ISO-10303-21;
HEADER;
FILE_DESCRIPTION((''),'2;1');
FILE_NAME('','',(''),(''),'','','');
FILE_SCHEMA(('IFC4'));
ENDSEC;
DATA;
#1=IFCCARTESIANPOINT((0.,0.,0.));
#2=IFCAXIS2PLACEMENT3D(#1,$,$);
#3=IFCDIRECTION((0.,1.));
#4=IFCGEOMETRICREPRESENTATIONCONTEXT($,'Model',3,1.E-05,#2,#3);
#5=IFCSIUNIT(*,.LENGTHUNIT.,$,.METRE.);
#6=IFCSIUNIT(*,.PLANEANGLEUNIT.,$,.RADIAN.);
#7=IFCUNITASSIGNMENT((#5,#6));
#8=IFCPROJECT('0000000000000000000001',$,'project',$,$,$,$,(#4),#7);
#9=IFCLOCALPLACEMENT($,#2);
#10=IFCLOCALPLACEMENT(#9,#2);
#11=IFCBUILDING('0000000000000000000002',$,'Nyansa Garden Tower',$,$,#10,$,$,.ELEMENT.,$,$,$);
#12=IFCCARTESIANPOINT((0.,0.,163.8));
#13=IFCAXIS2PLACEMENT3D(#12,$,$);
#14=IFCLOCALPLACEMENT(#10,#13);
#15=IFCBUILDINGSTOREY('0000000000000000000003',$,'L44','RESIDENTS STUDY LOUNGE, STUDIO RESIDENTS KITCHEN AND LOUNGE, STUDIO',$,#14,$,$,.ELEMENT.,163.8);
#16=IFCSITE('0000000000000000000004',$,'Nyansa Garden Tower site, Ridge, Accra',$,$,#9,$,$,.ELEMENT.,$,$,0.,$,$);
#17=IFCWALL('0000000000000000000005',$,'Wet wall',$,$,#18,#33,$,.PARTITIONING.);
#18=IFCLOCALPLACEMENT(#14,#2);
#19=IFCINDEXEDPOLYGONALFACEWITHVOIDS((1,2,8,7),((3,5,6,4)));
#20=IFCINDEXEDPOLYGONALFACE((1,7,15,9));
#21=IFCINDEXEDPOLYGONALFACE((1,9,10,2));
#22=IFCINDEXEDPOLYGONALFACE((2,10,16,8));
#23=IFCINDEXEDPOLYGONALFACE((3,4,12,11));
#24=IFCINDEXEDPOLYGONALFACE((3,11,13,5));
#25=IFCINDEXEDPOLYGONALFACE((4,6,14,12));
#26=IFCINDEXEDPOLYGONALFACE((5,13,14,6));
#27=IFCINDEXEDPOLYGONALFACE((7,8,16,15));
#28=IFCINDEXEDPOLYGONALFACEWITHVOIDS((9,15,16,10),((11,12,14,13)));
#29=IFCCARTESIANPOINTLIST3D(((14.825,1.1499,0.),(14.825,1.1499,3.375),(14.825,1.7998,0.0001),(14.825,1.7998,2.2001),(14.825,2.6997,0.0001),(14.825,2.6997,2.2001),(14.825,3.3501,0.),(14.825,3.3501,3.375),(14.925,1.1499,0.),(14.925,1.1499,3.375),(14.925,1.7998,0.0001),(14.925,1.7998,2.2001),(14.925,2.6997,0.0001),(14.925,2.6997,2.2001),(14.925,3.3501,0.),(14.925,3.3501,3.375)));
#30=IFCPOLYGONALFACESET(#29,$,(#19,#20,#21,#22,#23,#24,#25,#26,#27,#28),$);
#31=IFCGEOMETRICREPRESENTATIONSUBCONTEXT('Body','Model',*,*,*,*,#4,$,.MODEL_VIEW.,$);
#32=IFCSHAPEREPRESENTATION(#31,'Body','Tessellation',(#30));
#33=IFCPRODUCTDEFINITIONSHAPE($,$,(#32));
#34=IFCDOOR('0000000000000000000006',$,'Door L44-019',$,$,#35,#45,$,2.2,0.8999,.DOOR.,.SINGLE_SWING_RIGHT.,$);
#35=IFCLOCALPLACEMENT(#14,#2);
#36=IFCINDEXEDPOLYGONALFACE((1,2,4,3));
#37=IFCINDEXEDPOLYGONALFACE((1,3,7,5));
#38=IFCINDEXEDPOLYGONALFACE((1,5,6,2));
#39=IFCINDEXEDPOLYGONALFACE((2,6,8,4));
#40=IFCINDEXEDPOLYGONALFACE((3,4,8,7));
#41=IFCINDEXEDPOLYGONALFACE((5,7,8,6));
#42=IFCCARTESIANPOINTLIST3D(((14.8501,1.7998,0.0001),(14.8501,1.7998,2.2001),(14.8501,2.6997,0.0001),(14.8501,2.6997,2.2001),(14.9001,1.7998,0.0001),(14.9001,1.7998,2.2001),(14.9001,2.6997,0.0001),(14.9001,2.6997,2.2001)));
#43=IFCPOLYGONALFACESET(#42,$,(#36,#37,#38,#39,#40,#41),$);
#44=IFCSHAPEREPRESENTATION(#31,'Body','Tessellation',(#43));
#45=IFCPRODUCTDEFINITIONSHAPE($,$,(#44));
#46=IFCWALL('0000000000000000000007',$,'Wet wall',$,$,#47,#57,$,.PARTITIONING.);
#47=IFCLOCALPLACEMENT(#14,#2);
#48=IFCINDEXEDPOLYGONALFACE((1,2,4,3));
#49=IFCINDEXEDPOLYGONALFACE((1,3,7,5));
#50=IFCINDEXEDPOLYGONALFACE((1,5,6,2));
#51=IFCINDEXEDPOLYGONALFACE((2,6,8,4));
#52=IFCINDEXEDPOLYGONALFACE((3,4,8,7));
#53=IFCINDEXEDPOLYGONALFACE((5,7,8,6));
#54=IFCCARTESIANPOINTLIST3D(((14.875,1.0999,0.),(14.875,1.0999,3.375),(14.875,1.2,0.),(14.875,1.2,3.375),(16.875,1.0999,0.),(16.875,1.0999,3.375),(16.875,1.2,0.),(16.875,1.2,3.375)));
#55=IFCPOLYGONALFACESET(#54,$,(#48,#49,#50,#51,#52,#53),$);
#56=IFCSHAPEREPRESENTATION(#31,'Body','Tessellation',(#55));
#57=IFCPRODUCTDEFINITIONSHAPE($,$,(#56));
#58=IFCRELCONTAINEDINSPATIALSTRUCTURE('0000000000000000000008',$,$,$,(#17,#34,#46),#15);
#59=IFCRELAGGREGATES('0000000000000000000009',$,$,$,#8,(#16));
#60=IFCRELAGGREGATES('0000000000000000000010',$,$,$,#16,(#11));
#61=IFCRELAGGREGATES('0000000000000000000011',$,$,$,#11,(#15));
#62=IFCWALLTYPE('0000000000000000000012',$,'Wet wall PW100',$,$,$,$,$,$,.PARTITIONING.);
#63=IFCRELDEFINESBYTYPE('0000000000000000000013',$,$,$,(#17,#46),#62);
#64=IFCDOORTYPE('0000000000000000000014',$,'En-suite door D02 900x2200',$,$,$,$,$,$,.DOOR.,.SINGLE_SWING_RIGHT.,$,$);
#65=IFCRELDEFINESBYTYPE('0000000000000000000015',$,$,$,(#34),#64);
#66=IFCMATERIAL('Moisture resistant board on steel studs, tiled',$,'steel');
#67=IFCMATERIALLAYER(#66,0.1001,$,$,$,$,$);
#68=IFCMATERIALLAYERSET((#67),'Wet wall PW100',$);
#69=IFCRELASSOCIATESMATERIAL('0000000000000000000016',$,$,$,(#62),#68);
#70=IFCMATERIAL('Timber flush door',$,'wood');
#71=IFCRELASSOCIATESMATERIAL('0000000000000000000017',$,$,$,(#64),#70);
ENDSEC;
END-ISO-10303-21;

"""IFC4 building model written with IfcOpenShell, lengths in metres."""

from ifc_helpers import new_model, si_unit, direction, frame, frame_2d, origin, place, context, subcontext, project, spatial, rectangle, extrude, material, layer, layer_set, type_object, element, fill, save


model = new_model("IFC4")

# Units and contexts
model_context = context("Model", 3, precision=1e-05, world=origin(), true_north=direction((0.0, 1.0)))
body_context = subcontext(model_context, "Body", "Model", "MODEL_VIEW")
ifc_project = project(units=[si_unit("LENGTHUNIT", "METRE"), si_unit("PLANEANGLEUNIT", "RADIAN")], contexts=[model_context])

# Site, building, storey
site_placement = place(None, origin())
site = spatial("IfcSite", under=ifc_project, at=site_placement, Name="Nyansa Garden Tower site, Ridge, Accra", CompositionType="ELEMENT", RefElevation=0.0)
building_placement = place(site_placement, origin())
building = spatial("IfcBuilding", under=site, at=building_placement, Name="Nyansa Garden Tower", CompositionType="ELEMENT")
storey_placement = place(building_placement, frame((0.0, 0.0, 163.8)))
storey = spatial("IfcBuildingStorey", under=building, at=storey_placement, Name="L44", Description="RESIDENTS STUDY LOUNGE, STUDIO RESIDENTS KITCHEN AND LOUNGE, STUDIO", CompositionType="ELEMENT", Elevation=163.8)

# Wall, opening, door
ifc_material_1 = material(Name="Moisture resistant board on steel studs, tiled", Category="steel")
ifc_layer_1 = layer(ifc_material_1, 0.1001)
ifc_layer_set_1 = layer_set([ifc_layer_1], Name="Wet wall PW100")
wall_type_1 = type_object("IfcWallType", Name="Wet wall PW100", PredefinedType="PARTITIONING", material=ifc_layer_set_1)
wall_1_placement = place(storey_placement, frame((14.875, 1.1499, 0.0), z_axis=(0.0, 0.0, 1.0), x_axis=(0.0, 1.0, 0.0)))
wall_1 = element("IfcWall", 1, at=wall_1_placement, inside=storey, type_object=wall_type_1, Name="Wet wall", PredefinedType="PARTITIONING", context=body_context, shape_type="SweptSolid", body=[
    extrude(rectangle(XDim=2.2002, YDim=0.1001, at=frame_2d((1.1001, 0.0))), origin(), (0.0, 0.0, 1.0), 3.375),
])
opening_placement = place(wall_1_placement, frame((0.6499, 0.0, 0.0)))
opening = element("IfcOpeningElement", 2, at=opening_placement, cuts=wall_1, PredefinedType="OPENING", context=body_context, shape_type="SweptSolid", body=[
    extrude(rectangle(XDim=0.8999, YDim=2.2, at=frame_2d((0.45, 1.1001))), frame((0.0, 0.0601, 0.0), z_axis=(0.0, -1.0, 0.0), x_axis=(1.0, 0.0, 0.0)), (0.0, 0.0, 1.0), 0.1201),
])
ifc_material_2 = material(Name="Timber flush door", Category="wood")
door_type = type_object("IfcDoorType", Name="En-suite door D02 900x2200", OperationType="SINGLE_SWING_RIGHT", PredefinedType="DOOR", material=ifc_material_2)
door_placement = place(opening_placement, origin())
door = element("IfcDoor", 3, at=door_placement, inside=storey, type_object=door_type, Name="Door L44-019", OperationType="SINGLE_SWING_RIGHT", OverallHeight=2.2, OverallWidth=0.8999, PredefinedType="DOOR", context=body_context, shape_type="SweptSolid", body=[
    extrude(rectangle(XDim=0.8999, YDim=2.2, at=frame_2d((0.45, 1.1001))), frame((0.0, 0.0249, 0.0), z_axis=(0.0, -1.0, 0.0), x_axis=(1.0, 0.0, 0.0)), (0.0, 0.0, 1.0), 0.05),
])
fill(opening, door)

# Wall
wall_2_placement = place(storey_placement, frame((14.875, 1.1499, 0.0), z_axis=(0.0, 0.0, 1.0), x_axis=(1.0, 0.0, 0.0)))
element("IfcWall", 4, at=wall_2_placement, inside=storey, type_object=wall_type_1, Name="Wet wall", PredefinedType="PARTITIONING", context=body_context, shape_type="SweptSolid", body=[
    extrude(rectangle(XDim=2.0, YDim=0.1001, at=frame_2d((1.0, 0.0))), origin(), (0.0, 0.0, 1.0), 3.375),
])

save(model, "model.ifc")
